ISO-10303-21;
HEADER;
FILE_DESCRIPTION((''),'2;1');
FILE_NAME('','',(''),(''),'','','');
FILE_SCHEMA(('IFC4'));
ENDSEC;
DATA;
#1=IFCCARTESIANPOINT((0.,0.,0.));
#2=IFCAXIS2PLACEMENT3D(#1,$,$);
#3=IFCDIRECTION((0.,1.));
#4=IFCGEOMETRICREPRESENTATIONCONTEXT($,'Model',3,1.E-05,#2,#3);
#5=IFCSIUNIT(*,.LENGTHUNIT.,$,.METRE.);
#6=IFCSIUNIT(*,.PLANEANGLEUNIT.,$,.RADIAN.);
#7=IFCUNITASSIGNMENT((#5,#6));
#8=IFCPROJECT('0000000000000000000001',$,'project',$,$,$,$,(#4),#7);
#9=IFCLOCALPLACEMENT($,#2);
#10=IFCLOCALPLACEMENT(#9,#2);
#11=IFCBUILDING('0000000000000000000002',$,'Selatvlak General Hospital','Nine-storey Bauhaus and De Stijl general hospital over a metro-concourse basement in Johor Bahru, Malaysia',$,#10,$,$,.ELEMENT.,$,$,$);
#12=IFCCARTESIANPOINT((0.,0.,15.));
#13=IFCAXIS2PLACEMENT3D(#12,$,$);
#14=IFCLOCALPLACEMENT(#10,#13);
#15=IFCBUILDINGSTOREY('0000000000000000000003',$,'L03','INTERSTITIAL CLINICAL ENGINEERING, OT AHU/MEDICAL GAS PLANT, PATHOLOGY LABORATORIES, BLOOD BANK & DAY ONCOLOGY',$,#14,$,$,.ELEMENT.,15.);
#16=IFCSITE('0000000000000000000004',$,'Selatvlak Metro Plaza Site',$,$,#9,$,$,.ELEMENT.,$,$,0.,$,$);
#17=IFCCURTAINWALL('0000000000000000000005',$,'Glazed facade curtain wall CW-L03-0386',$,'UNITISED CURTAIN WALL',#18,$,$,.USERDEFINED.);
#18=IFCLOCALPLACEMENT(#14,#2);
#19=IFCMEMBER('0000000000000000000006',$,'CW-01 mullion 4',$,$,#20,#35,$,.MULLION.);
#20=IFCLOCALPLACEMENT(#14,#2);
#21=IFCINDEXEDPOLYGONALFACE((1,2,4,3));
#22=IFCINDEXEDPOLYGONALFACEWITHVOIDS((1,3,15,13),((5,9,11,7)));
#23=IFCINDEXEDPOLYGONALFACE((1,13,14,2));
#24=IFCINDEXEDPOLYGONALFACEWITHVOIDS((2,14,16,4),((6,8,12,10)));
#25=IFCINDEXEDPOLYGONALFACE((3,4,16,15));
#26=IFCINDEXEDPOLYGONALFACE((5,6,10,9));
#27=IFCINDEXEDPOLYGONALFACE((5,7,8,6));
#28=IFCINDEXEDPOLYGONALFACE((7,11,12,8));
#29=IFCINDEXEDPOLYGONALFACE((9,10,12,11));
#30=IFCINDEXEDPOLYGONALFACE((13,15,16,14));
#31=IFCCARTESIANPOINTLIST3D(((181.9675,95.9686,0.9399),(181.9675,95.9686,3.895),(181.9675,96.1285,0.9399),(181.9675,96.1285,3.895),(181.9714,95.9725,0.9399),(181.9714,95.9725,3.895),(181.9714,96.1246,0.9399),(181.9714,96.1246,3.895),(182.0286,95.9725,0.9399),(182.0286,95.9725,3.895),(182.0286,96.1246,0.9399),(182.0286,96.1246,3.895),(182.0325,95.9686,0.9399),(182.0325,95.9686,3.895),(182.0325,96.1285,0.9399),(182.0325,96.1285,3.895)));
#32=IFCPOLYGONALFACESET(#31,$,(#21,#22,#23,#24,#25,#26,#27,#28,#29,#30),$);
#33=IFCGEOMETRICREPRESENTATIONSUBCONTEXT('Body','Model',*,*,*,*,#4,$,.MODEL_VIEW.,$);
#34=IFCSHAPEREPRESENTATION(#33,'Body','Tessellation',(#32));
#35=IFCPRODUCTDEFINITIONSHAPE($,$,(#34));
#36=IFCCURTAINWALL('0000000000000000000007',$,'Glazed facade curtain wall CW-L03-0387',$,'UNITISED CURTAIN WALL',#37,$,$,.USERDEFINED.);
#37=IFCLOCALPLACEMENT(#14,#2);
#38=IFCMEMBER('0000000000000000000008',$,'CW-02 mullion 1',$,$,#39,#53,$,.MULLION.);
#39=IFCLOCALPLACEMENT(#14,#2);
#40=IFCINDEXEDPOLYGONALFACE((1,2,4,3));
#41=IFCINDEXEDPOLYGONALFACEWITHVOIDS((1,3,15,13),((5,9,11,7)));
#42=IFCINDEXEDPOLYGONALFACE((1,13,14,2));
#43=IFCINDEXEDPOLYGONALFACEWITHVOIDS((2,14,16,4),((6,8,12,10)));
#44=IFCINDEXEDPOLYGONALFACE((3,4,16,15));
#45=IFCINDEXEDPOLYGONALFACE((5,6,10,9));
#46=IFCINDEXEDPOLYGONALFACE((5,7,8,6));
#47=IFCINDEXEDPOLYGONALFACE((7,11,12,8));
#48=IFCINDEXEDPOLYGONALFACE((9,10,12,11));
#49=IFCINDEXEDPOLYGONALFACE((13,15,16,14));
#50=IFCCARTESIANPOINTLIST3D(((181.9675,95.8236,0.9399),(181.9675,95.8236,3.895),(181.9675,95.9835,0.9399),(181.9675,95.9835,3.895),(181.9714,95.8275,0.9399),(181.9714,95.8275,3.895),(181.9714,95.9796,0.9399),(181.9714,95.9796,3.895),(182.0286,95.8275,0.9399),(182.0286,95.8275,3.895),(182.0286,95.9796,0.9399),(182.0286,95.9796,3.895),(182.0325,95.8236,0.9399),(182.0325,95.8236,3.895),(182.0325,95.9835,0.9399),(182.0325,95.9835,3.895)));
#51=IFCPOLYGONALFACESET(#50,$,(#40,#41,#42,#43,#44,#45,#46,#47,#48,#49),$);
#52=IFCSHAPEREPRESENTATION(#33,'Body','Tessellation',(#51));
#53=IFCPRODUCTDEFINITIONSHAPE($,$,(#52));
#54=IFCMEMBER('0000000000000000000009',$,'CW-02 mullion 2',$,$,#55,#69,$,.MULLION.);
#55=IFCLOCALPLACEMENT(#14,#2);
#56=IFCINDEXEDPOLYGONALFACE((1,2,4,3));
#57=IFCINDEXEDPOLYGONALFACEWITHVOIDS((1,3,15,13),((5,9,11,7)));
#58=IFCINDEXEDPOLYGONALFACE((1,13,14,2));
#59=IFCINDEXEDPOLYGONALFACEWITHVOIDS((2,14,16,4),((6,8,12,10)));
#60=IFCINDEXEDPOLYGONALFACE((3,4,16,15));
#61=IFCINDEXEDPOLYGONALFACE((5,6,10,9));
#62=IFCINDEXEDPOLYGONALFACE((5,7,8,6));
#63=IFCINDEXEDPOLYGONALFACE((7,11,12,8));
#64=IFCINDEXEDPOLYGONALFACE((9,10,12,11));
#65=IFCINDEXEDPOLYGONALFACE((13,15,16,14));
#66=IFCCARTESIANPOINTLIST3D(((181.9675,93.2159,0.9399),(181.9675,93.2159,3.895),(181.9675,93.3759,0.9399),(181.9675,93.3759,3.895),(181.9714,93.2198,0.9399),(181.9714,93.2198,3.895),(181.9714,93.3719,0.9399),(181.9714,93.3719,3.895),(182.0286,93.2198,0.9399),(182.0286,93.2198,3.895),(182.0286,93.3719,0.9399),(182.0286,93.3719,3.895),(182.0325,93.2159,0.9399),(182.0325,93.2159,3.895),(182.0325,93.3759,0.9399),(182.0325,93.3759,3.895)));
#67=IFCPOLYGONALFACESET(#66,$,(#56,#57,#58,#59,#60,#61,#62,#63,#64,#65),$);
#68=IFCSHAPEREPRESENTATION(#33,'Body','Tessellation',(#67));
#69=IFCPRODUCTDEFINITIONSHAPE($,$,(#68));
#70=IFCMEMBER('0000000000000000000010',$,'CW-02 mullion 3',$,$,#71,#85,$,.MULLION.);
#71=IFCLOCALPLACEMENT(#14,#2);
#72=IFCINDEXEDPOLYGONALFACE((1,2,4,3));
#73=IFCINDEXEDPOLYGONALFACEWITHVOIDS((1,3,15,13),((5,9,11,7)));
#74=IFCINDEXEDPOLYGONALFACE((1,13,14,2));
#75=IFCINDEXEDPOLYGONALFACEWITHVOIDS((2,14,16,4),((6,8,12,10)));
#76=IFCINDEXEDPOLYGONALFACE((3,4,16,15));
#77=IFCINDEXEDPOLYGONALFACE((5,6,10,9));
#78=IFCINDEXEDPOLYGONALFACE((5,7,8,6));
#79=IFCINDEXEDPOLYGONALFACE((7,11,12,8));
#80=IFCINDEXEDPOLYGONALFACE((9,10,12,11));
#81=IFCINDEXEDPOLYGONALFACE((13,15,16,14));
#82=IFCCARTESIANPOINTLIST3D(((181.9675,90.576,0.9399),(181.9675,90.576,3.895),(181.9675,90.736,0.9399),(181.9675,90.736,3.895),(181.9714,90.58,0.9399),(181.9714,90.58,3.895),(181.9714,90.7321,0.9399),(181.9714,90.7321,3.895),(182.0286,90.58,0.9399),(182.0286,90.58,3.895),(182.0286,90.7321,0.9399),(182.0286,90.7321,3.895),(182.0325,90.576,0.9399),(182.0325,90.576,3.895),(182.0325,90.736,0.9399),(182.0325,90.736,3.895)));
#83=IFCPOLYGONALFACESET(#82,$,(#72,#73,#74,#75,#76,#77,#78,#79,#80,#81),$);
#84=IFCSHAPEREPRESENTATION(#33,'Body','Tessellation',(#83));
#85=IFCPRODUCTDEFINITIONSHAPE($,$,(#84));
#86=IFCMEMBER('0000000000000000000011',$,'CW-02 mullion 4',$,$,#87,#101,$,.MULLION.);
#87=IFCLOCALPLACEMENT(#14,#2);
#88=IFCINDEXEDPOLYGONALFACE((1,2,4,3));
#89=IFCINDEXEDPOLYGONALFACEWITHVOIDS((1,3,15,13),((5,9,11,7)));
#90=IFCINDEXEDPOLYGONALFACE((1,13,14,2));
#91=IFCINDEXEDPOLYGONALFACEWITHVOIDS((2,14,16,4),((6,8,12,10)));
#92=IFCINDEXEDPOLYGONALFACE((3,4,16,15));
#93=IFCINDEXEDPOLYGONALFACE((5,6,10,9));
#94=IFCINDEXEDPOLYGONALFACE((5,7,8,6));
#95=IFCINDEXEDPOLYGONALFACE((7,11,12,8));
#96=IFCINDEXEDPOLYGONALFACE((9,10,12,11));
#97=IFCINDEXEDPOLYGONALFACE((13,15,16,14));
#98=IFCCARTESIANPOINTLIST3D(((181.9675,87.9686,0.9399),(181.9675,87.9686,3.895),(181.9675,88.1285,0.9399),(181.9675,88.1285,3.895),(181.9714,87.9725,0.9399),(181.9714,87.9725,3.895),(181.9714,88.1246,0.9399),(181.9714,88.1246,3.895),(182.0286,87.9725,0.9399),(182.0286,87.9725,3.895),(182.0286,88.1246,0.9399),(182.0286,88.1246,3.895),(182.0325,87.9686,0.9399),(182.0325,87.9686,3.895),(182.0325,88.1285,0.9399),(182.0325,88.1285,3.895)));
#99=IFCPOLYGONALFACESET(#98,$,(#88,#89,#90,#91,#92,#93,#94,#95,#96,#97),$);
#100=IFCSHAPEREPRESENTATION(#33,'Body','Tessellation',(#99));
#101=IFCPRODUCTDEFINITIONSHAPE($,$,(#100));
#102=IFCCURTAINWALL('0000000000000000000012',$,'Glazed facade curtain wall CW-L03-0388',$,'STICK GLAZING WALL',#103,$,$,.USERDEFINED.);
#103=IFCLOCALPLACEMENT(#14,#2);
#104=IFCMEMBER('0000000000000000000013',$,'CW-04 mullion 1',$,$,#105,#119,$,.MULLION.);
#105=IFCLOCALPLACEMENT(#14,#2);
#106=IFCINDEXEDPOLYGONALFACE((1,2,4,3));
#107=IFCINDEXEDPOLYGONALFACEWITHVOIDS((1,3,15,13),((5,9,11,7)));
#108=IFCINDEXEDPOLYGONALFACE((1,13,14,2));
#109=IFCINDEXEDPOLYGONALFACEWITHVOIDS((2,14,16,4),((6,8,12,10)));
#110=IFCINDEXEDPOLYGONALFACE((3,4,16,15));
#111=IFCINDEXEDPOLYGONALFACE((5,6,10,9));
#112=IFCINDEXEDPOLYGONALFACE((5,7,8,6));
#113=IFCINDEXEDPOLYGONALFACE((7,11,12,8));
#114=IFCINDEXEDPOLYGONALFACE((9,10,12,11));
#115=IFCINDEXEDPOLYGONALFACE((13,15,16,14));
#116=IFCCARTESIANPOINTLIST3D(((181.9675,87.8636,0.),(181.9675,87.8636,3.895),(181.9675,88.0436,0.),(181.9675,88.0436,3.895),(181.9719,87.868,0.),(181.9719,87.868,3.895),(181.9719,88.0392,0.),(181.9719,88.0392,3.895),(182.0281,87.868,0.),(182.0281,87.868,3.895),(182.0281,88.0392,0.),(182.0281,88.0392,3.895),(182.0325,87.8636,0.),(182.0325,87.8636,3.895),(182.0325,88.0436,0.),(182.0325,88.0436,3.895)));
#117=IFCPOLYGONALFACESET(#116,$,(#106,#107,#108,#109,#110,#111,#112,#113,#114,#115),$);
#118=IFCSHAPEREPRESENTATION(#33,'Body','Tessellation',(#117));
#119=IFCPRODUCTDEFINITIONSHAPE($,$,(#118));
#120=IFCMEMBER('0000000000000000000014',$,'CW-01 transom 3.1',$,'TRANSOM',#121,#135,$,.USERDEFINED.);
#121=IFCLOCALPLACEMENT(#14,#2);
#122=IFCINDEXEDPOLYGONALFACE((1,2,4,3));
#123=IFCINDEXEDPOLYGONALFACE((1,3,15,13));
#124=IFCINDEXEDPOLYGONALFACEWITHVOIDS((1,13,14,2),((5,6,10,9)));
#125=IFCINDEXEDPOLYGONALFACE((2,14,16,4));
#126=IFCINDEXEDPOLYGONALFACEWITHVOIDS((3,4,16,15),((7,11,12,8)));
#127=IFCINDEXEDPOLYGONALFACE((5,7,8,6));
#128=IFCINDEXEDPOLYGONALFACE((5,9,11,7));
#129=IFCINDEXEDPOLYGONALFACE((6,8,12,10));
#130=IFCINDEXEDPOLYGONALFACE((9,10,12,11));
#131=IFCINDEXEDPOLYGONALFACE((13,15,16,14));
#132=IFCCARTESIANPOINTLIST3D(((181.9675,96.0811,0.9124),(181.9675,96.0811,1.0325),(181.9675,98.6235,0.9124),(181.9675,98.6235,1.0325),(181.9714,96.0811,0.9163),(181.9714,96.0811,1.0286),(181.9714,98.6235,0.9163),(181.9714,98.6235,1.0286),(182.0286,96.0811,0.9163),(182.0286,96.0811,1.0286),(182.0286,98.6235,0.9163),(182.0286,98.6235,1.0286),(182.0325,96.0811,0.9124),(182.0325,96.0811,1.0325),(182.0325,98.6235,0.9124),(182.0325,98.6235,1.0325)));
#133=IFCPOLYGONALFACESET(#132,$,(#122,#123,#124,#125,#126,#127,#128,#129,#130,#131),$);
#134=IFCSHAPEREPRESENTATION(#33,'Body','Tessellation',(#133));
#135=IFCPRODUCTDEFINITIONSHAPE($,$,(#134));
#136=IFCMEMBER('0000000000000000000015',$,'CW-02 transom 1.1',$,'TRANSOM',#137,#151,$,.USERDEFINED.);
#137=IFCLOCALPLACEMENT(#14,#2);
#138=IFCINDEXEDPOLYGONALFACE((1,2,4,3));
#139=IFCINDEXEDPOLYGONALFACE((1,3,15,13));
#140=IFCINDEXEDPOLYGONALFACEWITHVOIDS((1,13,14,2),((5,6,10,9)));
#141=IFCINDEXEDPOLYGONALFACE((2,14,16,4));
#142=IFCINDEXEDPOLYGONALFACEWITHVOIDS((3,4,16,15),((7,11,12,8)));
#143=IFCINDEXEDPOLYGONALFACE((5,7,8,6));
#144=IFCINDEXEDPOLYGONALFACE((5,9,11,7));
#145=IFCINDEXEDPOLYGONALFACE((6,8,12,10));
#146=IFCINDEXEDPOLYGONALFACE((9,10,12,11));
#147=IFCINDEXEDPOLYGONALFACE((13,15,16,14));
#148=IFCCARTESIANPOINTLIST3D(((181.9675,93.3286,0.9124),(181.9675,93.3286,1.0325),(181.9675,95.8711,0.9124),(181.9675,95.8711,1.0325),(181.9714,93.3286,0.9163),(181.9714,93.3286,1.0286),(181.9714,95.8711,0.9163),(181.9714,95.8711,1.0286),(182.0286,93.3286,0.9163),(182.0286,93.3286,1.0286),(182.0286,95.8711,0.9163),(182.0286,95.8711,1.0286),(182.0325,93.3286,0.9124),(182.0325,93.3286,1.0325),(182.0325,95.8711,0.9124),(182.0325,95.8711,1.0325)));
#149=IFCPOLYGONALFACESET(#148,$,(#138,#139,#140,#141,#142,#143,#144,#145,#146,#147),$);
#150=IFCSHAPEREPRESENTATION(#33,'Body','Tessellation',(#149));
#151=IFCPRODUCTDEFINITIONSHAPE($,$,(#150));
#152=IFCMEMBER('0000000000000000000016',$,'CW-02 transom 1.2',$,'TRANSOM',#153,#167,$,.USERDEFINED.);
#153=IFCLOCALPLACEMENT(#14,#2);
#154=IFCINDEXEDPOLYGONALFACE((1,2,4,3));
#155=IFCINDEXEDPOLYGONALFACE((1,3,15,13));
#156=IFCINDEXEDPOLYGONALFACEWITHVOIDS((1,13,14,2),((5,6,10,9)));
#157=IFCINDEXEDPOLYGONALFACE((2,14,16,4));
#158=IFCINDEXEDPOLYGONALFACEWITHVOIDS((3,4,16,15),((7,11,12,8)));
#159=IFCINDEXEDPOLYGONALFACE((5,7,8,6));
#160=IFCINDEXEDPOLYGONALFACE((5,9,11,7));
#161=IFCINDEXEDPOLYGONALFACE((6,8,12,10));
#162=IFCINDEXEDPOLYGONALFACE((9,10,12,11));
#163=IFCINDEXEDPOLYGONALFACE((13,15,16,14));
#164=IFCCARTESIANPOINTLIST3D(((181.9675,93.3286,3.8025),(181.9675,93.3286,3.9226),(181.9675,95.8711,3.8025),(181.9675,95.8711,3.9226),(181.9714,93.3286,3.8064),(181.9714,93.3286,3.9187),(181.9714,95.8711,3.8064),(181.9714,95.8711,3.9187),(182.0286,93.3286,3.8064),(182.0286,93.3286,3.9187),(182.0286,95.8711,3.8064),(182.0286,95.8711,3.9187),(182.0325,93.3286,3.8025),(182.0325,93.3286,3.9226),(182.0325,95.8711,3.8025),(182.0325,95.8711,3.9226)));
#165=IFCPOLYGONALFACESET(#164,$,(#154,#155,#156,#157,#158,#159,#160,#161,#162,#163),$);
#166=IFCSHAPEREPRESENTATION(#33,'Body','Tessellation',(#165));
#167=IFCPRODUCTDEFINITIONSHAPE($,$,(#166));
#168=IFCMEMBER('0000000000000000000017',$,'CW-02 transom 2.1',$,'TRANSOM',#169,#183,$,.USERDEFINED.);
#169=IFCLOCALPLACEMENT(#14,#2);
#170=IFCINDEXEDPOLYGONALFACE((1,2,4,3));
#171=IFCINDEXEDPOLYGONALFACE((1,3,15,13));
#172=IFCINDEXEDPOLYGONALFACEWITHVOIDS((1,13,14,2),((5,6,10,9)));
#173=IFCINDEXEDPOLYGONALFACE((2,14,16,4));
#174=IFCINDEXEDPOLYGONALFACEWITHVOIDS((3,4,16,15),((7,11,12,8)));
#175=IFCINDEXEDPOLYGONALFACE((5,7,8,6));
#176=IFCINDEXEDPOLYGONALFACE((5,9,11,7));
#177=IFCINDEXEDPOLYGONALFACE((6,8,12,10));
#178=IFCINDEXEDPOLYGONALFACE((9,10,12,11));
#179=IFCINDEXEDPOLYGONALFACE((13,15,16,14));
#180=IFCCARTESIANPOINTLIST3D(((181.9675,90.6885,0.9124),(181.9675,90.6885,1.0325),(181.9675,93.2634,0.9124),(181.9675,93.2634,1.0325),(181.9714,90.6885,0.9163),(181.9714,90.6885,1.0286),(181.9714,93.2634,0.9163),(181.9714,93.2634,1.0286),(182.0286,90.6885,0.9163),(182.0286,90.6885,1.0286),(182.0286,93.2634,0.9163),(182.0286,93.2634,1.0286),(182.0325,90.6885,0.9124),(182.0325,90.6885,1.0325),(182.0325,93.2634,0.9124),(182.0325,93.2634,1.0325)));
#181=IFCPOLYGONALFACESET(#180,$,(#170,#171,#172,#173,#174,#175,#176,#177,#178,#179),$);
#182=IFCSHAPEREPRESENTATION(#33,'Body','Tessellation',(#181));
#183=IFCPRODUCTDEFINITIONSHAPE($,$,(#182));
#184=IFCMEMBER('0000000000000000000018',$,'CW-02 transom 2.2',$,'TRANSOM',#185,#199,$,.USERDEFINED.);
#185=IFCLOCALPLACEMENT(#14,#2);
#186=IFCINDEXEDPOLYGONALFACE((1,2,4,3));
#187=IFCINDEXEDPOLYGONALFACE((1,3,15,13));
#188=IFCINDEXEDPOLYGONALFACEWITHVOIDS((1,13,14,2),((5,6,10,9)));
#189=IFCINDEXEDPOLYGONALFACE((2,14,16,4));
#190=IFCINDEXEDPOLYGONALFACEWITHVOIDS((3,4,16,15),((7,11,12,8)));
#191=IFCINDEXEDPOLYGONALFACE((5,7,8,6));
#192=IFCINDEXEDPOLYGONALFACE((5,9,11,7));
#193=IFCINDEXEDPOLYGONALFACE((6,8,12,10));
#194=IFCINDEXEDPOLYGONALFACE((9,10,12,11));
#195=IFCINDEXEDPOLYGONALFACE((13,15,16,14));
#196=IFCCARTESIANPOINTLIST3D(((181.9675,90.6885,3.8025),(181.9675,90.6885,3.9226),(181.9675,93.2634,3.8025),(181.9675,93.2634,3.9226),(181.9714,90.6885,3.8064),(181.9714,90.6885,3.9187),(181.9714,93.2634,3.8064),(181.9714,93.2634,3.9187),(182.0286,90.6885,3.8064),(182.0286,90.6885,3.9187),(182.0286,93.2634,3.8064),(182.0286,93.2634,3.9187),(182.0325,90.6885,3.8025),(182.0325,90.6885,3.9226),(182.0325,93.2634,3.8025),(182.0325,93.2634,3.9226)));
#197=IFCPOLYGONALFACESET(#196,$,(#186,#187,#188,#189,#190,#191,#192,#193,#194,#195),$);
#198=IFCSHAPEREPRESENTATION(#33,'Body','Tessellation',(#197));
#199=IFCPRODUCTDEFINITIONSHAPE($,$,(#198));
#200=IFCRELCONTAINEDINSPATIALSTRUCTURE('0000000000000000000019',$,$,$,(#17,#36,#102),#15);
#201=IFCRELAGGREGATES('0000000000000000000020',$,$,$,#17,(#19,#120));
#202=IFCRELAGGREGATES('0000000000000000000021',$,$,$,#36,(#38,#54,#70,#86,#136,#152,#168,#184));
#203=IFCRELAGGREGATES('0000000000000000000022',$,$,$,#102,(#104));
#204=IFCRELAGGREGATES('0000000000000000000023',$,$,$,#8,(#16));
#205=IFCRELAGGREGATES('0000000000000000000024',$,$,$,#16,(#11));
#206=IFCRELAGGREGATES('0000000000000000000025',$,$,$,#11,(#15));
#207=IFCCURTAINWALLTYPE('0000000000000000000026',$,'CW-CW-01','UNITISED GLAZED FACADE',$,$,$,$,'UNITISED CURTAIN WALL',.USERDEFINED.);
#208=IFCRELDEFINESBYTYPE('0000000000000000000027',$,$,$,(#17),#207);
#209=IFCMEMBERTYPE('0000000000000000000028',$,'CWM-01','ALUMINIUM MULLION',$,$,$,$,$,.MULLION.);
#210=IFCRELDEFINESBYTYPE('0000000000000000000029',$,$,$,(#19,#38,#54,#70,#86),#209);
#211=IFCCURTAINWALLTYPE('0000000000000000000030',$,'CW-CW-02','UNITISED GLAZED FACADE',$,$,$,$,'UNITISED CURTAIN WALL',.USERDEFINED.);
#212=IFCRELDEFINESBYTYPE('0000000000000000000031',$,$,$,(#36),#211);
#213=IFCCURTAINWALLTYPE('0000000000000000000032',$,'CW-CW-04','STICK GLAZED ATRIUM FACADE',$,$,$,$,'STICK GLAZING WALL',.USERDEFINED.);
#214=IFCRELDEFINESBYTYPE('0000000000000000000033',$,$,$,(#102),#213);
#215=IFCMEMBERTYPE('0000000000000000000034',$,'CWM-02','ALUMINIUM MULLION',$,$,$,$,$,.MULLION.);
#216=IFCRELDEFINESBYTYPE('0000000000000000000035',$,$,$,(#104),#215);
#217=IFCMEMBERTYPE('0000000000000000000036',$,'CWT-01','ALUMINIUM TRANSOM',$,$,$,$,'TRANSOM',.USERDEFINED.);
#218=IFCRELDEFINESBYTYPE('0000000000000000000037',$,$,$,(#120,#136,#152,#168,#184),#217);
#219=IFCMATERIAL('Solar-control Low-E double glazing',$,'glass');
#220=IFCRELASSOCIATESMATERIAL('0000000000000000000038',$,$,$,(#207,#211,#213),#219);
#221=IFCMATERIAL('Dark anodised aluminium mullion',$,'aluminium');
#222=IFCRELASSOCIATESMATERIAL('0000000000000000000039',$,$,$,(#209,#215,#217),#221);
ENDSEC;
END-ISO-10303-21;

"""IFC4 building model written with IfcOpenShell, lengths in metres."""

from ifc_helpers import new_model, si_unit, direction, frame, origin, origin_2d, place, context, subcontext, project, spatial, hollow_rectangle, extrude, material, material_profile, profile_set, type_object, element, aggregate, save


model = new_model("IFC4")

# Units and contexts
model_context = context("Model", 3, precision=1e-05, world=origin(), true_north=direction((0.0, 1.0)))
body_context = subcontext(model_context, "Body", "Model", "MODEL_VIEW")
ifc_project = project(units=[si_unit("LENGTHUNIT", "METRE"), si_unit("PLANEANGLEUNIT", "RADIAN")], contexts=[model_context])

# Site, building, storey
site_placement = place(None, origin())
site = spatial("IfcSite", under=ifc_project, at=site_placement, Name="Selatvlak Metro Plaza Site", CompositionType="ELEMENT", RefElevation=0.0)
building_placement = place(site_placement, origin())
building = spatial("IfcBuilding", under=site, at=building_placement, Name="Selatvlak General Hospital", Description="Nine-storey Bauhaus and De Stijl general hospital over a metro-concourse basement in Johor Bahru, Malaysia", CompositionType="ELEMENT")
storey_placement = place(building_placement, frame((0.0, 0.0, 15.0)))
storey = spatial("IfcBuildingStorey", under=building, at=storey_placement, Name="L03", Description="INTERSTITIAL CLINICAL ENGINEERING, OT AHU/MEDICAL GAS PLANT, PATHOLOGY LABORATORIES, BLOOD BANK & DAY ONCOLOGY", CompositionType="ELEMENT", Elevation=15.0)

# Curtain wall, member
ifc_material_1 = material(Name="Solar-control Low-E double glazing", Category="glass")
curtain_wall_type_1 = type_object("IfcCurtainWallType", Name="CW-CW-01", Description="UNITISED GLAZED FACADE", ElementType="UNITISED CURTAIN WALL", PredefinedType="USERDEFINED", material=ifc_material_1)
curtain_wall_1_placement = place(storey_placement, origin())
curtain_wall_1 = element("IfcCurtainWall", 1, at=curtain_wall_1_placement, inside=storey, type_object=curtain_wall_type_1, Name="Glazed facade curtain wall CW-L03-0386", ObjectType="UNITISED CURTAIN WALL", PredefinedType="USERDEFINED")
ifc_material_2 = material(Name="Dark anodised aluminium mullion", Category="aluminium")
ifc_material_profile_1 = material_profile(ifc_material_2, hollow_rectangle(XDim=0.0649, YDim=0.1599, WallThickness=0.0039, at=origin_2d()), Name="AL-MUL 65x160x4")
ifc_profile_set_1 = profile_set([ifc_material_profile_1], Name="Dark anodised aluminium mullion")
member_type_1 = type_object("IfcMemberType", Name="CWM-01", Description="ALUMINIUM MULLION", PredefinedType="MULLION", material=ifc_profile_set_1)
member_1_placement = place(storey_placement, frame((182.0, 96.0486, 0.9399), z_axis=(0.0, 0.0, 1.0), x_axis=(1.0, 0.0, 0.0)))
member_1 = element("IfcMember", 2, at=member_1_placement, type_object=member_type_1, Name="CW-01 mullion 4", PredefinedType="MULLION", context=body_context, shape_type="SweptSolid", body=[
    extrude(hollow_rectangle(XDim=0.0649, YDim=0.1599, WallThickness=0.0039, at=origin_2d()), origin(), (0.0, 0.0, 1.0), 2.9551),
])

# Curtain wall, members
curtain_wall_type_2 = type_object("IfcCurtainWallType", Name="CW-CW-02", Description="UNITISED GLAZED FACADE", ElementType="UNITISED CURTAIN WALL", PredefinedType="USERDEFINED", material=ifc_material_1)
curtain_wall_2_placement = place(storey_placement, origin())
curtain_wall_2 = element("IfcCurtainWall", 3, at=curtain_wall_2_placement, inside=storey, type_object=curtain_wall_type_2, Name="Glazed facade curtain wall CW-L03-0387", ObjectType="UNITISED CURTAIN WALL", PredefinedType="USERDEFINED")
member_2_placement = place(storey_placement, frame((182.0, 95.9036, 0.9399), z_axis=(0.0, 0.0, 1.0), x_axis=(1.0, 0.0, 0.0)))
member_2 = element("IfcMember", 4, at=member_2_placement, type_object=member_type_1, Name="CW-02 mullion 1", PredefinedType="MULLION", context=body_context, shape_type="SweptSolid", body=[
    extrude(hollow_rectangle(XDim=0.0649, YDim=0.1599, WallThickness=0.0039, at=origin_2d()), origin(), (0.0, 0.0, 1.0), 2.9551),
])
member_3_placement = place(storey_placement, frame((182.0, 93.2959, 0.9399), z_axis=(0.0, 0.0, 1.0), x_axis=(1.0, 0.0, 0.0)))
member_3 = element("IfcMember", 5, at=member_3_placement, type_object=member_type_1, Name="CW-02 mullion 2", PredefinedType="MULLION", context=body_context, shape_type="SweptSolid", body=[
    extrude(hollow_rectangle(XDim=0.0649, YDim=0.1599, WallThickness=0.0039, at=origin_2d()), origin(), (0.0, 0.0, 1.0), 2.9551),
])
member_4_placement = place(storey_placement, frame((182.0, 90.656, 0.9399), z_axis=(0.0, 0.0, 1.0), x_axis=(1.0, 0.0, 0.0)))
member_4 = element("IfcMember", 6, at=member_4_placement, type_object=member_type_1, Name="CW-02 mullion 3", PredefinedType="MULLION", context=body_context, shape_type="SweptSolid", body=[
    extrude(hollow_rectangle(XDim=0.0649, YDim=0.1599, WallThickness=0.0039, at=origin_2d()), origin(), (0.0, 0.0, 1.0), 2.9551),
])
member_5_placement = place(storey_placement, frame((182.0, 88.0486, 0.9399), z_axis=(0.0, 0.0, 1.0), x_axis=(1.0, 0.0, 0.0)))
member_5 = element("IfcMember", 7, at=member_5_placement, type_object=member_type_1, Name="CW-02 mullion 4", PredefinedType="MULLION", context=body_context, shape_type="SweptSolid", body=[
    extrude(hollow_rectangle(XDim=0.0649, YDim=0.1599, WallThickness=0.0039, at=origin_2d()), origin(), (0.0, 0.0, 1.0), 2.9551),
])

# Curtain wall, member
curtain_wall_type_3 = type_object("IfcCurtainWallType", Name="CW-CW-04", Description="STICK GLAZED ATRIUM FACADE", ElementType="STICK GLAZING WALL", PredefinedType="USERDEFINED", material=ifc_material_1)
curtain_wall_3_placement = place(storey_placement, origin())
curtain_wall_3 = element("IfcCurtainWall", 8, at=curtain_wall_3_placement, inside=storey, type_object=curtain_wall_type_3, Name="Glazed facade curtain wall CW-L03-0388", ObjectType="STICK GLAZING WALL", PredefinedType="USERDEFINED")
ifc_material_profile_2 = material_profile(ifc_material_2, hollow_rectangle(XDim=0.0649, YDim=0.1799, WallThickness=0.0044, at=origin_2d()), Name="AL-MUL 65x180x4.5")
ifc_profile_set_2 = profile_set([ifc_material_profile_2], Name="Dark anodised aluminium mullion")
member_type_2 = type_object("IfcMemberType", Name="CWM-02", Description="ALUMINIUM MULLION", PredefinedType="MULLION", material=ifc_profile_set_2)
member_6_placement = place(storey_placement, frame((182.0, 87.9536, 0.0), z_axis=(0.0, 0.0, 1.0), x_axis=(1.0, 0.0, 0.0)))
member_6 = element("IfcMember", 9, at=member_6_placement, type_object=member_type_2, Name="CW-04 mullion 1", PredefinedType="MULLION", context=body_context, shape_type="SweptSolid", body=[
    extrude(hollow_rectangle(XDim=0.0649, YDim=0.1799, WallThickness=0.0044, at=origin_2d()), origin(), (0.0, 0.0, 1.0), 3.895),
])

# Members
ifc_material_profile_3 = material_profile(ifc_material_2, hollow_rectangle(XDim=0.0649, YDim=0.1201, WallThickness=0.0039, at=origin_2d()), Name="AL-TRN 65x120x4")
ifc_profile_set_3 = profile_set([ifc_material_profile_3], Name="Dark anodised aluminium mullion")
member_type_3 = type_object("IfcMemberType", Name="CWT-01", Description="ALUMINIUM TRANSOM", ElementType="TRANSOM", PredefinedType="USERDEFINED", material=ifc_profile_set_3)
member_7_placement = place(storey_placement, frame((182.0, 98.6235, 0.9724), z_axis=(0.0, -1.0, 0.0), x_axis=(1.0, 0.0, 0.0)))
member_7 = element("IfcMember", 10, at=member_7_placement, type_object=member_type_3, Name="CW-01 transom 3.1", ObjectType="TRANSOM", PredefinedType="USERDEFINED", context=body_context, shape_type="SweptSolid", body=[
    extrude(hollow_rectangle(XDim=0.0649, YDim=0.1201, WallThickness=0.0039, at=origin_2d()), origin(), (0.0, 0.0, 1.0), 2.5425),
])
member_8_placement = place(storey_placement, frame((182.0, 95.8711, 0.9724), z_axis=(0.0, -1.0, 0.0), x_axis=(1.0, 0.0, 0.0)))
member_8 = element("IfcMember", 11, at=member_8_placement, type_object=member_type_3, Name="CW-02 transom 1.1", ObjectType="TRANSOM", PredefinedType="USERDEFINED", context=body_context, shape_type="SweptSolid", body=[
    extrude(hollow_rectangle(XDim=0.0649, YDim=0.1201, WallThickness=0.0039, at=origin_2d()), origin(), (0.0, 0.0, 1.0), 2.5425),
])
member_9_placement = place(storey_placement, frame((182.0, 95.8711, 3.8625), z_axis=(0.0, -1.0, 0.0), x_axis=(1.0, 0.0, 0.0)))
member_9 = element("IfcMember", 12, at=member_9_placement, type_object=member_type_3, Name="CW-02 transom 1.2", ObjectType="TRANSOM", PredefinedType="USERDEFINED", context=body_context, shape_type="SweptSolid", body=[
    extrude(hollow_rectangle(XDim=0.0649, YDim=0.1201, WallThickness=0.0039, at=origin_2d()), origin(), (0.0, 0.0, 1.0), 2.5425),
])
member_10_placement = place(storey_placement, frame((182.0, 93.2634, 0.9724), z_axis=(0.0, -1.0, 0.0), x_axis=(1.0, 0.0, 0.0)))
member_10 = element("IfcMember", 13, at=member_10_placement, type_object=member_type_3, Name="CW-02 transom 2.1", ObjectType="TRANSOM", PredefinedType="USERDEFINED", context=body_context, shape_type="SweptSolid", body=[
    extrude(hollow_rectangle(XDim=0.0649, YDim=0.1201, WallThickness=0.0039, at=origin_2d()), origin(), (0.0, 0.0, 1.0), 2.575),
])
member_11_placement = place(storey_placement, frame((182.0, 93.2634, 3.8625), z_axis=(0.0, -1.0, 0.0), x_axis=(1.0, 0.0, 0.0)))
member_11 = element("IfcMember", 14, at=member_11_placement, type_object=member_type_3, Name="CW-02 transom 2.2", ObjectType="TRANSOM", PredefinedType="USERDEFINED", context=body_context, shape_type="SweptSolid", body=[
    extrude(hollow_rectangle(XDim=0.0649, YDim=0.1201, WallThickness=0.0039, at=origin_2d()), origin(), (0.0, 0.0, 1.0), 2.575),
])

aggregate(curtain_wall_1, [member_1, member_7])
aggregate(curtain_wall_2, [member_2, member_3, member_4, member_5, member_8, member_9, member_10, member_11])
aggregate(curtain_wall_3, [member_6])

save(model, "model.ifc")
